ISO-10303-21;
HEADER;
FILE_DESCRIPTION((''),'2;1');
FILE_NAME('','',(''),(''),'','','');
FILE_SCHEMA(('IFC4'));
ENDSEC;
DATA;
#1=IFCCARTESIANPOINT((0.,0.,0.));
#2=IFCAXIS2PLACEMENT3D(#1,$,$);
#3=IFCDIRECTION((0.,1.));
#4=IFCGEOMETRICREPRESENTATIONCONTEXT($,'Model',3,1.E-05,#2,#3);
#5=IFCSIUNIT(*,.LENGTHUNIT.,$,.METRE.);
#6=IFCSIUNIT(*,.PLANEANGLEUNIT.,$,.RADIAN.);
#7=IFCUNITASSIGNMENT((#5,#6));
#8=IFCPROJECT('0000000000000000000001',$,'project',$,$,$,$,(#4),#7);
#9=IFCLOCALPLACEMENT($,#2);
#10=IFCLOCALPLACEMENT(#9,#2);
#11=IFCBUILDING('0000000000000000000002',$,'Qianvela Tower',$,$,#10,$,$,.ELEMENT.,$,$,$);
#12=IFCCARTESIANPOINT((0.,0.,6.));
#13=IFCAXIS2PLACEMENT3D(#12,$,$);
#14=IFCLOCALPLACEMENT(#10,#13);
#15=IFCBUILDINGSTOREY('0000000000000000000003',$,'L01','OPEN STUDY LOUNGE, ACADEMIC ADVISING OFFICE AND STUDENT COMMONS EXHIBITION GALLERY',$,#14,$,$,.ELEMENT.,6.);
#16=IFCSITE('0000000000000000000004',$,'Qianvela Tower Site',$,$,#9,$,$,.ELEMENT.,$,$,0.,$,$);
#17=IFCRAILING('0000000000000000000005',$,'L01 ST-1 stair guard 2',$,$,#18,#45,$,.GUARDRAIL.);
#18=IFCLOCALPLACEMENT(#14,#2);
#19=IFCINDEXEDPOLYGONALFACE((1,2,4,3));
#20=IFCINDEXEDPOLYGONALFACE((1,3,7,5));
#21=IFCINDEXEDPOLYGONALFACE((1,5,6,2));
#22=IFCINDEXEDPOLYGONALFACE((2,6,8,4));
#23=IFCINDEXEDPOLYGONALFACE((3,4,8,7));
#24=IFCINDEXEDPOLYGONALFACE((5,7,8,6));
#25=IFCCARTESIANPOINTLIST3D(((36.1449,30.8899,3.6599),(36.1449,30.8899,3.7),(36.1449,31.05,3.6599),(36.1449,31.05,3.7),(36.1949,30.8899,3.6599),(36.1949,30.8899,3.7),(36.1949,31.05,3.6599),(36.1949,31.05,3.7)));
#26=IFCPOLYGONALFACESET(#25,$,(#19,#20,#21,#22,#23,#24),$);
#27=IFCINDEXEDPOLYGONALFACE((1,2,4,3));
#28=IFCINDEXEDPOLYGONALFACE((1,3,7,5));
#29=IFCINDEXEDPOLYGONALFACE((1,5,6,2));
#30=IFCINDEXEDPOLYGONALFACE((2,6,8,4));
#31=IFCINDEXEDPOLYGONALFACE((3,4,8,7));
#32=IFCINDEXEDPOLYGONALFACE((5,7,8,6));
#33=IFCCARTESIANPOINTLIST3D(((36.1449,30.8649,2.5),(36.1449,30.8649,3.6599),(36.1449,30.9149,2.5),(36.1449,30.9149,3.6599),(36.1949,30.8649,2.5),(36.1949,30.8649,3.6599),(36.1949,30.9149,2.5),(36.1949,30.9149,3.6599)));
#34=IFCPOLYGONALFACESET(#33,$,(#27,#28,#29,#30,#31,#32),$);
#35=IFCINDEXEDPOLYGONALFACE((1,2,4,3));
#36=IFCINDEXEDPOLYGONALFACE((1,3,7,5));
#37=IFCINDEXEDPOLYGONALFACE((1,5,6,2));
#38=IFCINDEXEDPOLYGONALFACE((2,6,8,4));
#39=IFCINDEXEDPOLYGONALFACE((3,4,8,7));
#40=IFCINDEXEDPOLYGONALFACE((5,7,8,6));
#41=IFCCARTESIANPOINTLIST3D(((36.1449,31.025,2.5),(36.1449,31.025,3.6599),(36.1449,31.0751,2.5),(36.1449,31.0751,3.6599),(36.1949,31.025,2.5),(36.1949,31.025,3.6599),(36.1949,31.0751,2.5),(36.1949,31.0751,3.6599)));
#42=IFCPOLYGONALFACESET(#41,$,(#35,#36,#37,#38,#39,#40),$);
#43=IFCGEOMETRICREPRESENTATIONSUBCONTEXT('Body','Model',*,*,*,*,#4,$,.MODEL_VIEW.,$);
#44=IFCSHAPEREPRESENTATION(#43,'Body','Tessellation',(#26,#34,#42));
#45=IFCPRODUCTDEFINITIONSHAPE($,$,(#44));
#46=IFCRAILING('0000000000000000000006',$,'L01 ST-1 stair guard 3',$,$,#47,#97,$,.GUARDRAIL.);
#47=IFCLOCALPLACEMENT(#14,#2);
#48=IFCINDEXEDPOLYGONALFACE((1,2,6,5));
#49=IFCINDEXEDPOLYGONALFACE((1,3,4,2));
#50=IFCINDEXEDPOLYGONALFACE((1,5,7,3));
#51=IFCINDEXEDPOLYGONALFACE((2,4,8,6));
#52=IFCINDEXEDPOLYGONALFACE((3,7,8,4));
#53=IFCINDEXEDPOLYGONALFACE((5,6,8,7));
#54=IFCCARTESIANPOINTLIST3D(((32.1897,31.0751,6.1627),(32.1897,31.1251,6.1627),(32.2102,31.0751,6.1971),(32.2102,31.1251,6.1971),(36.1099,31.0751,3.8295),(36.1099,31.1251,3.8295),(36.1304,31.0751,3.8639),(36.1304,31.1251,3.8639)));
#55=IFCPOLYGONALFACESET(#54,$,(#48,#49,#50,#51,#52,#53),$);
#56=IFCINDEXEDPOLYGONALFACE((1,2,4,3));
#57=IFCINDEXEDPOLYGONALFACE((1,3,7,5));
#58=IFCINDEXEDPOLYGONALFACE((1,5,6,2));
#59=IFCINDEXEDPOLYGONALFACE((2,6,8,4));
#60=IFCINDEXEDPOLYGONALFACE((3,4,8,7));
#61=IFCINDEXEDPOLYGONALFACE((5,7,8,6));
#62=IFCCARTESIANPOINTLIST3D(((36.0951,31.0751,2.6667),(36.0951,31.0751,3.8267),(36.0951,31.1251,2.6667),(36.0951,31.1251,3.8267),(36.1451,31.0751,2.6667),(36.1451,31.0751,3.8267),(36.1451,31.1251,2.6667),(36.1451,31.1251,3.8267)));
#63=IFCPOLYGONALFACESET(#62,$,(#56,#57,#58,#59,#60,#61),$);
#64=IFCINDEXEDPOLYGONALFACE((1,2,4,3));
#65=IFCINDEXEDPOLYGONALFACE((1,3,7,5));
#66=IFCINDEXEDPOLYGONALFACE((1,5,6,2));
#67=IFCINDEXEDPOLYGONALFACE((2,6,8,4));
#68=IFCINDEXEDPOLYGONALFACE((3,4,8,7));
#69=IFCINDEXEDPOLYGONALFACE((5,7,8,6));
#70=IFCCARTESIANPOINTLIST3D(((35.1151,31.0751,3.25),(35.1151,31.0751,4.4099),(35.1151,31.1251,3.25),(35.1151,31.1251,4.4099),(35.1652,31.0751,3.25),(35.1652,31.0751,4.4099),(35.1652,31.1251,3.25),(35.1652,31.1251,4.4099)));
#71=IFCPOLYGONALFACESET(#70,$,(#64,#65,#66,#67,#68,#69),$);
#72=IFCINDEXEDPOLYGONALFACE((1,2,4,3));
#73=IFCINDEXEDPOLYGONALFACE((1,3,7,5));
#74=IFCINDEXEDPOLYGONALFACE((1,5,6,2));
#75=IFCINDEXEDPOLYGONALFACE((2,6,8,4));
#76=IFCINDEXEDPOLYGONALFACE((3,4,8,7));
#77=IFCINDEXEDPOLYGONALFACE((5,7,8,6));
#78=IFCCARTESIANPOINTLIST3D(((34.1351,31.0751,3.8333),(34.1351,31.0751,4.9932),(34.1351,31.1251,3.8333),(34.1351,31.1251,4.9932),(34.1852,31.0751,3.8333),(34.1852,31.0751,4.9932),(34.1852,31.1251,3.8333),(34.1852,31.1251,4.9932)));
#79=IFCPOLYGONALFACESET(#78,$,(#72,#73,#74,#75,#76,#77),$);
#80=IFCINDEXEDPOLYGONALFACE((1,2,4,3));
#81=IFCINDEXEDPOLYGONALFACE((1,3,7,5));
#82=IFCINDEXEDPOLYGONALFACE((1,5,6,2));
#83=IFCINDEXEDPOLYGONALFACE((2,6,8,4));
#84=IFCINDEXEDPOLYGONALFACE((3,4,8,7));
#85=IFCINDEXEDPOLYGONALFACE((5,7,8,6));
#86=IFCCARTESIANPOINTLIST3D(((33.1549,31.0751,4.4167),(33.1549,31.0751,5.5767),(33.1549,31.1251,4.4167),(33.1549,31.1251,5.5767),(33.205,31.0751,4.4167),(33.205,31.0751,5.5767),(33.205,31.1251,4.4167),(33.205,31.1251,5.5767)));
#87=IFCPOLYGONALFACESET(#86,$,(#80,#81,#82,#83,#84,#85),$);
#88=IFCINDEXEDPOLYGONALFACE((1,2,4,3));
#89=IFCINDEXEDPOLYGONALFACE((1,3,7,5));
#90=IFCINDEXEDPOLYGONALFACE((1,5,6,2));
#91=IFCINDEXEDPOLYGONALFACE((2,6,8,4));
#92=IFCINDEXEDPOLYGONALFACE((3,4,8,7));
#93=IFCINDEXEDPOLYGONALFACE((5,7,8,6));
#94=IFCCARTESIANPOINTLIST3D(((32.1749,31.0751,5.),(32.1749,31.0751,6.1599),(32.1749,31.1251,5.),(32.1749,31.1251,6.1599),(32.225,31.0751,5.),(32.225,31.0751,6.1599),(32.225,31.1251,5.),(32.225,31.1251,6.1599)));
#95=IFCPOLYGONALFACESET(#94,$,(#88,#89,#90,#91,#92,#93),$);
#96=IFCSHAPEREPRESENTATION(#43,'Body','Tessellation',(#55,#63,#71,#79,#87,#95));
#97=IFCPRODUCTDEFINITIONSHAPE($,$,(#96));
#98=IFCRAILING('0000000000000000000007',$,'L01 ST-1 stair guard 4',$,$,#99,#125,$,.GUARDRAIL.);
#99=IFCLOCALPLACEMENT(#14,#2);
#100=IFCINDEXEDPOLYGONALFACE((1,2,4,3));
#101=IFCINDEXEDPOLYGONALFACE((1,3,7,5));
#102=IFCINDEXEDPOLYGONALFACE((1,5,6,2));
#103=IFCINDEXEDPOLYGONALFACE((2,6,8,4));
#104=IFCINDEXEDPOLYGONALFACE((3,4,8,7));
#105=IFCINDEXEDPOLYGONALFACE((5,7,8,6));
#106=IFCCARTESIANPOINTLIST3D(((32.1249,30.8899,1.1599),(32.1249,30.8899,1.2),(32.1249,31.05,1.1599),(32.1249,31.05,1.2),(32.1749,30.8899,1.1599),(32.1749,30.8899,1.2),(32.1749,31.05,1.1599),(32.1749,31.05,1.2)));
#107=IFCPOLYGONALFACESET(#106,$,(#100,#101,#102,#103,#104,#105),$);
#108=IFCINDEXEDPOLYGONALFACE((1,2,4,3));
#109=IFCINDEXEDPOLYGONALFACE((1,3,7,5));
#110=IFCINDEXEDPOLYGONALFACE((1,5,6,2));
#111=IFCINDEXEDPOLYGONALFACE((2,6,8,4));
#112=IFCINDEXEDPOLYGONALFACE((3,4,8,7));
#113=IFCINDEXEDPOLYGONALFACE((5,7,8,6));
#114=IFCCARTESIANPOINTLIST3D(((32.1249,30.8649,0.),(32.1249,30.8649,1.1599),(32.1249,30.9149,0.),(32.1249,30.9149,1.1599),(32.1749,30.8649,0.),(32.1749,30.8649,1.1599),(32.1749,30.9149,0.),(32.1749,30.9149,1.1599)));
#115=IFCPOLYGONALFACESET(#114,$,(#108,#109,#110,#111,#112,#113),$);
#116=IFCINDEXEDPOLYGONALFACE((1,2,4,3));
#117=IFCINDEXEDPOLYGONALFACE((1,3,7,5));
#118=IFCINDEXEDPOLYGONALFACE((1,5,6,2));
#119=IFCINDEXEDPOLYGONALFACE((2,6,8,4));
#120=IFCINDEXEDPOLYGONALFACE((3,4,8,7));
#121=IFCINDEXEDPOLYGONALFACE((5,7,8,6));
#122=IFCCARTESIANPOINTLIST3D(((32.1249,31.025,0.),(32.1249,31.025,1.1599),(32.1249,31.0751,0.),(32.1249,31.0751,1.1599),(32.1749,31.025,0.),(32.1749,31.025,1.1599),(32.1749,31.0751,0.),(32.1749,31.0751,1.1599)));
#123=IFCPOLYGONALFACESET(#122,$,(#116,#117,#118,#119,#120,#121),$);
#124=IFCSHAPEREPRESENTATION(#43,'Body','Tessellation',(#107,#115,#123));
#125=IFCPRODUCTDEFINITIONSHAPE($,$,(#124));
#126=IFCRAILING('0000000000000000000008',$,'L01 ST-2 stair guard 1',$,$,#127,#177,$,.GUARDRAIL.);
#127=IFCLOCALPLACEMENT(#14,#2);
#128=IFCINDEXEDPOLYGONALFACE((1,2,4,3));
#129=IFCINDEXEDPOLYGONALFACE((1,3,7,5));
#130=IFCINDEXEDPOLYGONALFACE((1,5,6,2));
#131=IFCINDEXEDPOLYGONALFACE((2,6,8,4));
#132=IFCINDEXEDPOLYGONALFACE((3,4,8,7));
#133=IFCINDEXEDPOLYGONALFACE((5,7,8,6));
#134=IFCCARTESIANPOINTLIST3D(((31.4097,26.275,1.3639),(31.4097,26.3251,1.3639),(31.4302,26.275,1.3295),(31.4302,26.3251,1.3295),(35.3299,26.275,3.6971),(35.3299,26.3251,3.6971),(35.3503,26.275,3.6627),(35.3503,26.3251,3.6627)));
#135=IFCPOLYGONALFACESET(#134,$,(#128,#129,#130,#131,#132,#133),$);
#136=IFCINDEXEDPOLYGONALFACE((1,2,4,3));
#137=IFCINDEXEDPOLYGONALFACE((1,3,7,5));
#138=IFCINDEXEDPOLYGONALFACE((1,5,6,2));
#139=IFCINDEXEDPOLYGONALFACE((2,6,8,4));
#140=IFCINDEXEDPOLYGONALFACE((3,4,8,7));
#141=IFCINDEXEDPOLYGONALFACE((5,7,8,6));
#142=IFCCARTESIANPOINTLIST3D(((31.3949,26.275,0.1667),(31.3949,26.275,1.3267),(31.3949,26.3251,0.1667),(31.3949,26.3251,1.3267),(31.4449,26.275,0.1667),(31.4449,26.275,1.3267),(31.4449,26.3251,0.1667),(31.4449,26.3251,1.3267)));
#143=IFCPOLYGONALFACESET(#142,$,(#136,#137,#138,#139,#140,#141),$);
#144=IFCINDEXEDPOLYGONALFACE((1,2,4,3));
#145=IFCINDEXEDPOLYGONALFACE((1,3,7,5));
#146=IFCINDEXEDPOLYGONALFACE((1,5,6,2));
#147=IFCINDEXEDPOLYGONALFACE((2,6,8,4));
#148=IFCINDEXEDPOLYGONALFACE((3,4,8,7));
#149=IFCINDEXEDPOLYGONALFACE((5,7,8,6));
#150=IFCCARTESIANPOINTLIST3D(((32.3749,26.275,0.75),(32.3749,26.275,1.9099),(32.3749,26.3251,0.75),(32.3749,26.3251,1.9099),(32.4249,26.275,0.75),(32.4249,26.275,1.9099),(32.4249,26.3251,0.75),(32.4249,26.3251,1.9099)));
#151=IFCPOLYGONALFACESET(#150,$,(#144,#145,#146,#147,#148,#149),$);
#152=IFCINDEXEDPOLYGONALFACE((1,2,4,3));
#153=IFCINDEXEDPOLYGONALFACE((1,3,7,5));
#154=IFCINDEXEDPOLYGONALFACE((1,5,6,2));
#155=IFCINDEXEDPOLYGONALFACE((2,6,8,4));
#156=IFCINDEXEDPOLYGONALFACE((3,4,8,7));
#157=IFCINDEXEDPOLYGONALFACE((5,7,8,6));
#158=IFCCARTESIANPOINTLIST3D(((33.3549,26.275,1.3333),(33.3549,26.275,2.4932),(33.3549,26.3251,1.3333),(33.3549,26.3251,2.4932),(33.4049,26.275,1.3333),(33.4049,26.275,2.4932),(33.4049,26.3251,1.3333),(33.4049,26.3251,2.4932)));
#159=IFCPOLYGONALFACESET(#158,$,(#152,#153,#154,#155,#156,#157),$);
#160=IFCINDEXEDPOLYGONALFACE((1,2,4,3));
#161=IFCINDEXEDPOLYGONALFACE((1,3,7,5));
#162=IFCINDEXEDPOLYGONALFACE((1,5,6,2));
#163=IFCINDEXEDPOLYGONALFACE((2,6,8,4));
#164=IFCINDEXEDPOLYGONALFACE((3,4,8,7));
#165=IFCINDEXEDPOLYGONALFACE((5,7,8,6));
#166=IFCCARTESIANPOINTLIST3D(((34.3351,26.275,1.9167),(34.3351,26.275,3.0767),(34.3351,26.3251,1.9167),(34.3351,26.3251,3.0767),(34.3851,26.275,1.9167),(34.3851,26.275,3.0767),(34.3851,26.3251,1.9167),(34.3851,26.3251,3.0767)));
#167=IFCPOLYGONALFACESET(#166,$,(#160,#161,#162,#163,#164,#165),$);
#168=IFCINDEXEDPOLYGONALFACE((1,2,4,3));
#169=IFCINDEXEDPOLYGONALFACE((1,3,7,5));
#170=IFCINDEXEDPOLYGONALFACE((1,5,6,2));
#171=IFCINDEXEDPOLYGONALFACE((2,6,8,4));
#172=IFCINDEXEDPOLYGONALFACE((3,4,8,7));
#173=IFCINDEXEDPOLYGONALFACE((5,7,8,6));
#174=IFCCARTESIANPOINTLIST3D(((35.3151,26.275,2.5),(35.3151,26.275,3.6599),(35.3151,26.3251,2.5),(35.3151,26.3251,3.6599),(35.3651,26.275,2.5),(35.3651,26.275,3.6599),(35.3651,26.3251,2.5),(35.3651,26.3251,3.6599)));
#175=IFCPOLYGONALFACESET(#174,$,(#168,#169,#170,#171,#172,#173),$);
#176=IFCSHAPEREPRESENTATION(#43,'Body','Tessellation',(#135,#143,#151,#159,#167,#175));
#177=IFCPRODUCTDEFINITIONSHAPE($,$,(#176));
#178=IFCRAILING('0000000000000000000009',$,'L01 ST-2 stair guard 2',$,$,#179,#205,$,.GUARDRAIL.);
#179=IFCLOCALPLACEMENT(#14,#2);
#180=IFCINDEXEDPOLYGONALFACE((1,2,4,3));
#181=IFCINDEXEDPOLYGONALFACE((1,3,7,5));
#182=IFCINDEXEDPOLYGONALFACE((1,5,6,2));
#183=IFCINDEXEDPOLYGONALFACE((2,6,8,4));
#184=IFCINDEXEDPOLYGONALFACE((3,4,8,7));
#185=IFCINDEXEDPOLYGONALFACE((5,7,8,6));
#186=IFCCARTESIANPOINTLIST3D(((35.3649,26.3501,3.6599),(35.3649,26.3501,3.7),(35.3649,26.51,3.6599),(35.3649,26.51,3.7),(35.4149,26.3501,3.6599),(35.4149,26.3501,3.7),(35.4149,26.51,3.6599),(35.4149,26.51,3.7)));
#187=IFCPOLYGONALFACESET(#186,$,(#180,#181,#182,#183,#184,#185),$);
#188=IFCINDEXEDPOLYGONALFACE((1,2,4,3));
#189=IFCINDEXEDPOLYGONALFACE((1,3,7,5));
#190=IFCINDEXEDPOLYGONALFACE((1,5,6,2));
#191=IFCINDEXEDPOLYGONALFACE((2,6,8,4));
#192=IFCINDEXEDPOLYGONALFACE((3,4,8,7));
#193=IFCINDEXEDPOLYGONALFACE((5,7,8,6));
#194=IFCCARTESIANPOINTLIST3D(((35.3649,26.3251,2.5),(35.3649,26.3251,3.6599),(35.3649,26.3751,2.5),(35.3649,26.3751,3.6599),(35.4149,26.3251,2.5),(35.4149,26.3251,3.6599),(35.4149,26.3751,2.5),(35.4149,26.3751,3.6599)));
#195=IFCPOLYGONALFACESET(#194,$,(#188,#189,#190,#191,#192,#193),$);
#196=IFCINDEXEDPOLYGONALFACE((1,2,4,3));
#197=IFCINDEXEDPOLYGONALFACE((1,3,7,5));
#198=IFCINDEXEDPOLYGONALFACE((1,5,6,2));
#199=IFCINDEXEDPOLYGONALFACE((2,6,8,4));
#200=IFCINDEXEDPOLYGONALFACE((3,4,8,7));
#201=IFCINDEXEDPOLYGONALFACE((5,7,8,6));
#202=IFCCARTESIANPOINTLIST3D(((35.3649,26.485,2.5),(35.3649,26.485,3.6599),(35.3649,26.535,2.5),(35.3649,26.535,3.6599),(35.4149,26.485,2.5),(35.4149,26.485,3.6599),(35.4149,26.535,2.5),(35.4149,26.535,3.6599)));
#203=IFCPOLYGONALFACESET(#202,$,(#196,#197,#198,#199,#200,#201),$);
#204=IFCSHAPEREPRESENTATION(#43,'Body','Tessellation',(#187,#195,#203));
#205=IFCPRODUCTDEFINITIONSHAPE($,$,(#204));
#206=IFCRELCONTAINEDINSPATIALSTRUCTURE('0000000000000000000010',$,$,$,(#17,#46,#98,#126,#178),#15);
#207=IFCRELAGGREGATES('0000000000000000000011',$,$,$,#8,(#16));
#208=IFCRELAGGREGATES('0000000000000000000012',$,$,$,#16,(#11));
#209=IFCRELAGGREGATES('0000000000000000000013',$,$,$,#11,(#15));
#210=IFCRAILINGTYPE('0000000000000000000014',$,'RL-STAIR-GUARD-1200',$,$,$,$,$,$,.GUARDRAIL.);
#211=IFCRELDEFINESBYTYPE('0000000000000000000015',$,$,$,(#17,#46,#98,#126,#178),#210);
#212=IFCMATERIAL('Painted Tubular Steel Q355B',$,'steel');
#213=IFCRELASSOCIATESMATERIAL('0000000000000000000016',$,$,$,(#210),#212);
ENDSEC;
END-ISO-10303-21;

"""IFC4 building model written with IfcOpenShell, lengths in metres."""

from ifc_helpers import new_model, si_unit, direction, frame, origin, origin_2d, place, context, subcontext, project, spatial, rectangle, extrude, material, type_object, element, save


model = new_model("IFC4")

# Units and contexts
model_context = context("Model", 3, precision=1e-05, world=origin(), true_north=direction((0.0, 1.0)))
body_context = subcontext(model_context, "Body", "Model", "MODEL_VIEW")
ifc_project = project(units=[si_unit("LENGTHUNIT", "METRE"), si_unit("PLANEANGLEUNIT", "RADIAN")], contexts=[model_context])

# Site, building, storey
site_placement = place(None, origin())
site = spatial("IfcSite", under=ifc_project, at=site_placement, Name="Qianvela Tower Site", CompositionType="ELEMENT", RefElevation=0.0)
building_placement = place(site_placement, origin())
building = spatial("IfcBuilding", under=site, at=building_placement, Name="Qianvela Tower", CompositionType="ELEMENT")
storey_placement = place(building_placement, frame((0.0, 0.0, 6.0)))
storey = spatial("IfcBuildingStorey", under=building, at=storey_placement, Name="L01", Description="OPEN STUDY LOUNGE, ACADEMIC ADVISING OFFICE AND STUDENT COMMONS EXHIBITION GALLERY", CompositionType="ELEMENT", Elevation=6.0)

# Railings
ifc_material_1 = material(Name="Painted Tubular Steel Q355B", Category="steel")
railing_type_1 = type_object("IfcRailingType", Name="RL-STAIR-GUARD-1200", PredefinedType="GUARDRAIL", material=ifc_material_1)
railing_1_placement = place(storey_placement, frame((36.1699, 30.8899, 2.5)))
element("IfcRailing", 1, at=railing_1_placement, inside=storey, type_object=railing_type_1, Name="L01 ST-1 stair guard 2", PredefinedType="GUARDRAIL", context=body_context, shape_type="SweptSolid", body=[
    extrude(rectangle(XDim=0.05, YDim=0.04, at=origin_2d()), frame((0.0, 0.0, 1.1799), z_axis=(0.0, 1.0, 0.0), x_axis=(-1.0, 0.0, 0.0)), (0.0, 0.0, 1.0), 0.1602),
    extrude(rectangle(XDim=0.05, YDim=0.05, at=origin_2d()), origin(), (0.0, 0.0, 1.0), 1.1599),
    extrude(rectangle(XDim=0.05, YDim=0.05, at=origin_2d()), frame((0.0, 0.1602, 0.0)), (0.0, 0.0, 1.0), 1.1599),
])
railing_2_placement = place(storey_placement, frame((36.1201, 31.1001, 2.6667)))
element("IfcRailing", 2, at=railing_2_placement, inside=storey, type_object=railing_type_1, Name="L01 ST-1 stair guard 3", PredefinedType="GUARDRAIL", context=body_context, shape_type="SweptSolid", body=[
    extrude(rectangle(XDim=0.05, YDim=0.04, at=origin_2d()), frame((0.0, 0.0, 1.1799), z_axis=(-0.85931, 0.0, 0.511455), x_axis=(0.0, -1.0, 0.0)), (0.0, 0.0, 1.0), 4.562),
    extrude(rectangle(XDim=0.05, YDim=0.05, at=origin_2d()), origin(), (0.0, 0.0, 1.0), 1.1599),
    extrude(rectangle(XDim=0.05, YDim=0.05, at=origin_2d()), frame((-0.98, 0.0, 0.5833)), (0.0, 0.0, 1.0), 1.1599),
    extrude(rectangle(XDim=0.05, YDim=0.05, at=origin_2d()), frame((-1.96, 0.0, 1.1665)), (0.0, 0.0, 1.0), 1.1599),
    extrude(rectangle(XDim=0.05, YDim=0.05, at=origin_2d()), frame((-2.9402, 0.0, 1.75)), (0.0, 0.0, 1.0), 1.1599),
    extrude(rectangle(XDim=0.05, YDim=0.05, at=origin_2d()), frame((-3.9202, 0.0, 2.3333)), (0.0, 0.0, 1.0), 1.1599),
])
railing_3_placement = place(storey_placement, frame((32.1499, 30.8899, 0.0)))
element("IfcRailing", 3, at=railing_3_placement, inside=storey, type_object=railing_type_1, Name="L01 ST-1 stair guard 4", PredefinedType="GUARDRAIL", context=body_context, shape_type="SweptSolid", body=[
    extrude(rectangle(XDim=0.05, YDim=0.04, at=origin_2d()), frame((0.0, 0.0, 1.1799), z_axis=(0.0, 1.0, 0.0), x_axis=(-1.0, 0.0, 0.0)), (0.0, 0.0, 1.0), 0.1602),
    extrude(rectangle(XDim=0.05, YDim=0.05, at=origin_2d()), origin(), (0.0, 0.0, 1.0), 1.1599),
    extrude(rectangle(XDim=0.05, YDim=0.05, at=origin_2d()), frame((0.0, 0.1602, 0.0)), (0.0, 0.0, 1.0), 1.1599),
])
railing_4_placement = place(storey_placement, frame((31.4199, 26.3, 0.1667)))
element("IfcRailing", 4, at=railing_4_placement, inside=storey, type_object=railing_type_1, Name="L01 ST-2 stair guard 1", PredefinedType="GUARDRAIL", context=body_context, shape_type="SweptSolid", body=[
    extrude(rectangle(XDim=0.05, YDim=0.04, at=origin_2d()), frame((0.0, 0.0, 1.1799), z_axis=(0.85931, 0.0, 0.511455), x_axis=(0.0, 1.0, 0.0)), (0.0, 0.0, 1.0), 4.562),
    extrude(rectangle(XDim=0.05, YDim=0.05, at=origin_2d()), origin(), (0.0, 0.0, 1.0), 1.1599),
    extrude(rectangle(XDim=0.05, YDim=0.05, at=origin_2d()), frame((0.98, 0.0, 0.5833)), (0.0, 0.0, 1.0), 1.1599),
    extrude(rectangle(XDim=0.05, YDim=0.05, at=origin_2d()), frame((1.96, 0.0, 1.1665)), (0.0, 0.0, 1.0), 1.1599),
    extrude(rectangle(XDim=0.05, YDim=0.05, at=origin_2d()), frame((2.9402, 0.0, 1.75)), (0.0, 0.0, 1.0), 1.1599),
    extrude(rectangle(XDim=0.05, YDim=0.05, at=origin_2d()), frame((3.9202, 0.0, 2.3333)), (0.0, 0.0, 1.0), 1.1599),
])
railing_5_placement = place(storey_placement, frame((35.3899, 26.3501, 2.5)))
element("IfcRailing", 5, at=railing_5_placement, inside=storey, type_object=railing_type_1, Name="L01 ST-2 stair guard 2", PredefinedType="GUARDRAIL", context=body_context, shape_type="SweptSolid", body=[
    extrude(rectangle(XDim=0.05, YDim=0.04, at=origin_2d()), frame((0.0, 0.0, 1.1799), z_axis=(0.0, 1.0, 0.0), x_axis=(-1.0, 0.0, 0.0)), (0.0, 0.0, 1.0), 0.1599),
    extrude(rectangle(XDim=0.05, YDim=0.05, at=origin_2d()), origin(), (0.0, 0.0, 1.0), 1.1599),
    extrude(rectangle(XDim=0.05, YDim=0.05, at=origin_2d()), frame((0.0, 0.1599, 0.0)), (0.0, 0.0, 1.0), 1.1599),
])

save(model, "model.ifc")
